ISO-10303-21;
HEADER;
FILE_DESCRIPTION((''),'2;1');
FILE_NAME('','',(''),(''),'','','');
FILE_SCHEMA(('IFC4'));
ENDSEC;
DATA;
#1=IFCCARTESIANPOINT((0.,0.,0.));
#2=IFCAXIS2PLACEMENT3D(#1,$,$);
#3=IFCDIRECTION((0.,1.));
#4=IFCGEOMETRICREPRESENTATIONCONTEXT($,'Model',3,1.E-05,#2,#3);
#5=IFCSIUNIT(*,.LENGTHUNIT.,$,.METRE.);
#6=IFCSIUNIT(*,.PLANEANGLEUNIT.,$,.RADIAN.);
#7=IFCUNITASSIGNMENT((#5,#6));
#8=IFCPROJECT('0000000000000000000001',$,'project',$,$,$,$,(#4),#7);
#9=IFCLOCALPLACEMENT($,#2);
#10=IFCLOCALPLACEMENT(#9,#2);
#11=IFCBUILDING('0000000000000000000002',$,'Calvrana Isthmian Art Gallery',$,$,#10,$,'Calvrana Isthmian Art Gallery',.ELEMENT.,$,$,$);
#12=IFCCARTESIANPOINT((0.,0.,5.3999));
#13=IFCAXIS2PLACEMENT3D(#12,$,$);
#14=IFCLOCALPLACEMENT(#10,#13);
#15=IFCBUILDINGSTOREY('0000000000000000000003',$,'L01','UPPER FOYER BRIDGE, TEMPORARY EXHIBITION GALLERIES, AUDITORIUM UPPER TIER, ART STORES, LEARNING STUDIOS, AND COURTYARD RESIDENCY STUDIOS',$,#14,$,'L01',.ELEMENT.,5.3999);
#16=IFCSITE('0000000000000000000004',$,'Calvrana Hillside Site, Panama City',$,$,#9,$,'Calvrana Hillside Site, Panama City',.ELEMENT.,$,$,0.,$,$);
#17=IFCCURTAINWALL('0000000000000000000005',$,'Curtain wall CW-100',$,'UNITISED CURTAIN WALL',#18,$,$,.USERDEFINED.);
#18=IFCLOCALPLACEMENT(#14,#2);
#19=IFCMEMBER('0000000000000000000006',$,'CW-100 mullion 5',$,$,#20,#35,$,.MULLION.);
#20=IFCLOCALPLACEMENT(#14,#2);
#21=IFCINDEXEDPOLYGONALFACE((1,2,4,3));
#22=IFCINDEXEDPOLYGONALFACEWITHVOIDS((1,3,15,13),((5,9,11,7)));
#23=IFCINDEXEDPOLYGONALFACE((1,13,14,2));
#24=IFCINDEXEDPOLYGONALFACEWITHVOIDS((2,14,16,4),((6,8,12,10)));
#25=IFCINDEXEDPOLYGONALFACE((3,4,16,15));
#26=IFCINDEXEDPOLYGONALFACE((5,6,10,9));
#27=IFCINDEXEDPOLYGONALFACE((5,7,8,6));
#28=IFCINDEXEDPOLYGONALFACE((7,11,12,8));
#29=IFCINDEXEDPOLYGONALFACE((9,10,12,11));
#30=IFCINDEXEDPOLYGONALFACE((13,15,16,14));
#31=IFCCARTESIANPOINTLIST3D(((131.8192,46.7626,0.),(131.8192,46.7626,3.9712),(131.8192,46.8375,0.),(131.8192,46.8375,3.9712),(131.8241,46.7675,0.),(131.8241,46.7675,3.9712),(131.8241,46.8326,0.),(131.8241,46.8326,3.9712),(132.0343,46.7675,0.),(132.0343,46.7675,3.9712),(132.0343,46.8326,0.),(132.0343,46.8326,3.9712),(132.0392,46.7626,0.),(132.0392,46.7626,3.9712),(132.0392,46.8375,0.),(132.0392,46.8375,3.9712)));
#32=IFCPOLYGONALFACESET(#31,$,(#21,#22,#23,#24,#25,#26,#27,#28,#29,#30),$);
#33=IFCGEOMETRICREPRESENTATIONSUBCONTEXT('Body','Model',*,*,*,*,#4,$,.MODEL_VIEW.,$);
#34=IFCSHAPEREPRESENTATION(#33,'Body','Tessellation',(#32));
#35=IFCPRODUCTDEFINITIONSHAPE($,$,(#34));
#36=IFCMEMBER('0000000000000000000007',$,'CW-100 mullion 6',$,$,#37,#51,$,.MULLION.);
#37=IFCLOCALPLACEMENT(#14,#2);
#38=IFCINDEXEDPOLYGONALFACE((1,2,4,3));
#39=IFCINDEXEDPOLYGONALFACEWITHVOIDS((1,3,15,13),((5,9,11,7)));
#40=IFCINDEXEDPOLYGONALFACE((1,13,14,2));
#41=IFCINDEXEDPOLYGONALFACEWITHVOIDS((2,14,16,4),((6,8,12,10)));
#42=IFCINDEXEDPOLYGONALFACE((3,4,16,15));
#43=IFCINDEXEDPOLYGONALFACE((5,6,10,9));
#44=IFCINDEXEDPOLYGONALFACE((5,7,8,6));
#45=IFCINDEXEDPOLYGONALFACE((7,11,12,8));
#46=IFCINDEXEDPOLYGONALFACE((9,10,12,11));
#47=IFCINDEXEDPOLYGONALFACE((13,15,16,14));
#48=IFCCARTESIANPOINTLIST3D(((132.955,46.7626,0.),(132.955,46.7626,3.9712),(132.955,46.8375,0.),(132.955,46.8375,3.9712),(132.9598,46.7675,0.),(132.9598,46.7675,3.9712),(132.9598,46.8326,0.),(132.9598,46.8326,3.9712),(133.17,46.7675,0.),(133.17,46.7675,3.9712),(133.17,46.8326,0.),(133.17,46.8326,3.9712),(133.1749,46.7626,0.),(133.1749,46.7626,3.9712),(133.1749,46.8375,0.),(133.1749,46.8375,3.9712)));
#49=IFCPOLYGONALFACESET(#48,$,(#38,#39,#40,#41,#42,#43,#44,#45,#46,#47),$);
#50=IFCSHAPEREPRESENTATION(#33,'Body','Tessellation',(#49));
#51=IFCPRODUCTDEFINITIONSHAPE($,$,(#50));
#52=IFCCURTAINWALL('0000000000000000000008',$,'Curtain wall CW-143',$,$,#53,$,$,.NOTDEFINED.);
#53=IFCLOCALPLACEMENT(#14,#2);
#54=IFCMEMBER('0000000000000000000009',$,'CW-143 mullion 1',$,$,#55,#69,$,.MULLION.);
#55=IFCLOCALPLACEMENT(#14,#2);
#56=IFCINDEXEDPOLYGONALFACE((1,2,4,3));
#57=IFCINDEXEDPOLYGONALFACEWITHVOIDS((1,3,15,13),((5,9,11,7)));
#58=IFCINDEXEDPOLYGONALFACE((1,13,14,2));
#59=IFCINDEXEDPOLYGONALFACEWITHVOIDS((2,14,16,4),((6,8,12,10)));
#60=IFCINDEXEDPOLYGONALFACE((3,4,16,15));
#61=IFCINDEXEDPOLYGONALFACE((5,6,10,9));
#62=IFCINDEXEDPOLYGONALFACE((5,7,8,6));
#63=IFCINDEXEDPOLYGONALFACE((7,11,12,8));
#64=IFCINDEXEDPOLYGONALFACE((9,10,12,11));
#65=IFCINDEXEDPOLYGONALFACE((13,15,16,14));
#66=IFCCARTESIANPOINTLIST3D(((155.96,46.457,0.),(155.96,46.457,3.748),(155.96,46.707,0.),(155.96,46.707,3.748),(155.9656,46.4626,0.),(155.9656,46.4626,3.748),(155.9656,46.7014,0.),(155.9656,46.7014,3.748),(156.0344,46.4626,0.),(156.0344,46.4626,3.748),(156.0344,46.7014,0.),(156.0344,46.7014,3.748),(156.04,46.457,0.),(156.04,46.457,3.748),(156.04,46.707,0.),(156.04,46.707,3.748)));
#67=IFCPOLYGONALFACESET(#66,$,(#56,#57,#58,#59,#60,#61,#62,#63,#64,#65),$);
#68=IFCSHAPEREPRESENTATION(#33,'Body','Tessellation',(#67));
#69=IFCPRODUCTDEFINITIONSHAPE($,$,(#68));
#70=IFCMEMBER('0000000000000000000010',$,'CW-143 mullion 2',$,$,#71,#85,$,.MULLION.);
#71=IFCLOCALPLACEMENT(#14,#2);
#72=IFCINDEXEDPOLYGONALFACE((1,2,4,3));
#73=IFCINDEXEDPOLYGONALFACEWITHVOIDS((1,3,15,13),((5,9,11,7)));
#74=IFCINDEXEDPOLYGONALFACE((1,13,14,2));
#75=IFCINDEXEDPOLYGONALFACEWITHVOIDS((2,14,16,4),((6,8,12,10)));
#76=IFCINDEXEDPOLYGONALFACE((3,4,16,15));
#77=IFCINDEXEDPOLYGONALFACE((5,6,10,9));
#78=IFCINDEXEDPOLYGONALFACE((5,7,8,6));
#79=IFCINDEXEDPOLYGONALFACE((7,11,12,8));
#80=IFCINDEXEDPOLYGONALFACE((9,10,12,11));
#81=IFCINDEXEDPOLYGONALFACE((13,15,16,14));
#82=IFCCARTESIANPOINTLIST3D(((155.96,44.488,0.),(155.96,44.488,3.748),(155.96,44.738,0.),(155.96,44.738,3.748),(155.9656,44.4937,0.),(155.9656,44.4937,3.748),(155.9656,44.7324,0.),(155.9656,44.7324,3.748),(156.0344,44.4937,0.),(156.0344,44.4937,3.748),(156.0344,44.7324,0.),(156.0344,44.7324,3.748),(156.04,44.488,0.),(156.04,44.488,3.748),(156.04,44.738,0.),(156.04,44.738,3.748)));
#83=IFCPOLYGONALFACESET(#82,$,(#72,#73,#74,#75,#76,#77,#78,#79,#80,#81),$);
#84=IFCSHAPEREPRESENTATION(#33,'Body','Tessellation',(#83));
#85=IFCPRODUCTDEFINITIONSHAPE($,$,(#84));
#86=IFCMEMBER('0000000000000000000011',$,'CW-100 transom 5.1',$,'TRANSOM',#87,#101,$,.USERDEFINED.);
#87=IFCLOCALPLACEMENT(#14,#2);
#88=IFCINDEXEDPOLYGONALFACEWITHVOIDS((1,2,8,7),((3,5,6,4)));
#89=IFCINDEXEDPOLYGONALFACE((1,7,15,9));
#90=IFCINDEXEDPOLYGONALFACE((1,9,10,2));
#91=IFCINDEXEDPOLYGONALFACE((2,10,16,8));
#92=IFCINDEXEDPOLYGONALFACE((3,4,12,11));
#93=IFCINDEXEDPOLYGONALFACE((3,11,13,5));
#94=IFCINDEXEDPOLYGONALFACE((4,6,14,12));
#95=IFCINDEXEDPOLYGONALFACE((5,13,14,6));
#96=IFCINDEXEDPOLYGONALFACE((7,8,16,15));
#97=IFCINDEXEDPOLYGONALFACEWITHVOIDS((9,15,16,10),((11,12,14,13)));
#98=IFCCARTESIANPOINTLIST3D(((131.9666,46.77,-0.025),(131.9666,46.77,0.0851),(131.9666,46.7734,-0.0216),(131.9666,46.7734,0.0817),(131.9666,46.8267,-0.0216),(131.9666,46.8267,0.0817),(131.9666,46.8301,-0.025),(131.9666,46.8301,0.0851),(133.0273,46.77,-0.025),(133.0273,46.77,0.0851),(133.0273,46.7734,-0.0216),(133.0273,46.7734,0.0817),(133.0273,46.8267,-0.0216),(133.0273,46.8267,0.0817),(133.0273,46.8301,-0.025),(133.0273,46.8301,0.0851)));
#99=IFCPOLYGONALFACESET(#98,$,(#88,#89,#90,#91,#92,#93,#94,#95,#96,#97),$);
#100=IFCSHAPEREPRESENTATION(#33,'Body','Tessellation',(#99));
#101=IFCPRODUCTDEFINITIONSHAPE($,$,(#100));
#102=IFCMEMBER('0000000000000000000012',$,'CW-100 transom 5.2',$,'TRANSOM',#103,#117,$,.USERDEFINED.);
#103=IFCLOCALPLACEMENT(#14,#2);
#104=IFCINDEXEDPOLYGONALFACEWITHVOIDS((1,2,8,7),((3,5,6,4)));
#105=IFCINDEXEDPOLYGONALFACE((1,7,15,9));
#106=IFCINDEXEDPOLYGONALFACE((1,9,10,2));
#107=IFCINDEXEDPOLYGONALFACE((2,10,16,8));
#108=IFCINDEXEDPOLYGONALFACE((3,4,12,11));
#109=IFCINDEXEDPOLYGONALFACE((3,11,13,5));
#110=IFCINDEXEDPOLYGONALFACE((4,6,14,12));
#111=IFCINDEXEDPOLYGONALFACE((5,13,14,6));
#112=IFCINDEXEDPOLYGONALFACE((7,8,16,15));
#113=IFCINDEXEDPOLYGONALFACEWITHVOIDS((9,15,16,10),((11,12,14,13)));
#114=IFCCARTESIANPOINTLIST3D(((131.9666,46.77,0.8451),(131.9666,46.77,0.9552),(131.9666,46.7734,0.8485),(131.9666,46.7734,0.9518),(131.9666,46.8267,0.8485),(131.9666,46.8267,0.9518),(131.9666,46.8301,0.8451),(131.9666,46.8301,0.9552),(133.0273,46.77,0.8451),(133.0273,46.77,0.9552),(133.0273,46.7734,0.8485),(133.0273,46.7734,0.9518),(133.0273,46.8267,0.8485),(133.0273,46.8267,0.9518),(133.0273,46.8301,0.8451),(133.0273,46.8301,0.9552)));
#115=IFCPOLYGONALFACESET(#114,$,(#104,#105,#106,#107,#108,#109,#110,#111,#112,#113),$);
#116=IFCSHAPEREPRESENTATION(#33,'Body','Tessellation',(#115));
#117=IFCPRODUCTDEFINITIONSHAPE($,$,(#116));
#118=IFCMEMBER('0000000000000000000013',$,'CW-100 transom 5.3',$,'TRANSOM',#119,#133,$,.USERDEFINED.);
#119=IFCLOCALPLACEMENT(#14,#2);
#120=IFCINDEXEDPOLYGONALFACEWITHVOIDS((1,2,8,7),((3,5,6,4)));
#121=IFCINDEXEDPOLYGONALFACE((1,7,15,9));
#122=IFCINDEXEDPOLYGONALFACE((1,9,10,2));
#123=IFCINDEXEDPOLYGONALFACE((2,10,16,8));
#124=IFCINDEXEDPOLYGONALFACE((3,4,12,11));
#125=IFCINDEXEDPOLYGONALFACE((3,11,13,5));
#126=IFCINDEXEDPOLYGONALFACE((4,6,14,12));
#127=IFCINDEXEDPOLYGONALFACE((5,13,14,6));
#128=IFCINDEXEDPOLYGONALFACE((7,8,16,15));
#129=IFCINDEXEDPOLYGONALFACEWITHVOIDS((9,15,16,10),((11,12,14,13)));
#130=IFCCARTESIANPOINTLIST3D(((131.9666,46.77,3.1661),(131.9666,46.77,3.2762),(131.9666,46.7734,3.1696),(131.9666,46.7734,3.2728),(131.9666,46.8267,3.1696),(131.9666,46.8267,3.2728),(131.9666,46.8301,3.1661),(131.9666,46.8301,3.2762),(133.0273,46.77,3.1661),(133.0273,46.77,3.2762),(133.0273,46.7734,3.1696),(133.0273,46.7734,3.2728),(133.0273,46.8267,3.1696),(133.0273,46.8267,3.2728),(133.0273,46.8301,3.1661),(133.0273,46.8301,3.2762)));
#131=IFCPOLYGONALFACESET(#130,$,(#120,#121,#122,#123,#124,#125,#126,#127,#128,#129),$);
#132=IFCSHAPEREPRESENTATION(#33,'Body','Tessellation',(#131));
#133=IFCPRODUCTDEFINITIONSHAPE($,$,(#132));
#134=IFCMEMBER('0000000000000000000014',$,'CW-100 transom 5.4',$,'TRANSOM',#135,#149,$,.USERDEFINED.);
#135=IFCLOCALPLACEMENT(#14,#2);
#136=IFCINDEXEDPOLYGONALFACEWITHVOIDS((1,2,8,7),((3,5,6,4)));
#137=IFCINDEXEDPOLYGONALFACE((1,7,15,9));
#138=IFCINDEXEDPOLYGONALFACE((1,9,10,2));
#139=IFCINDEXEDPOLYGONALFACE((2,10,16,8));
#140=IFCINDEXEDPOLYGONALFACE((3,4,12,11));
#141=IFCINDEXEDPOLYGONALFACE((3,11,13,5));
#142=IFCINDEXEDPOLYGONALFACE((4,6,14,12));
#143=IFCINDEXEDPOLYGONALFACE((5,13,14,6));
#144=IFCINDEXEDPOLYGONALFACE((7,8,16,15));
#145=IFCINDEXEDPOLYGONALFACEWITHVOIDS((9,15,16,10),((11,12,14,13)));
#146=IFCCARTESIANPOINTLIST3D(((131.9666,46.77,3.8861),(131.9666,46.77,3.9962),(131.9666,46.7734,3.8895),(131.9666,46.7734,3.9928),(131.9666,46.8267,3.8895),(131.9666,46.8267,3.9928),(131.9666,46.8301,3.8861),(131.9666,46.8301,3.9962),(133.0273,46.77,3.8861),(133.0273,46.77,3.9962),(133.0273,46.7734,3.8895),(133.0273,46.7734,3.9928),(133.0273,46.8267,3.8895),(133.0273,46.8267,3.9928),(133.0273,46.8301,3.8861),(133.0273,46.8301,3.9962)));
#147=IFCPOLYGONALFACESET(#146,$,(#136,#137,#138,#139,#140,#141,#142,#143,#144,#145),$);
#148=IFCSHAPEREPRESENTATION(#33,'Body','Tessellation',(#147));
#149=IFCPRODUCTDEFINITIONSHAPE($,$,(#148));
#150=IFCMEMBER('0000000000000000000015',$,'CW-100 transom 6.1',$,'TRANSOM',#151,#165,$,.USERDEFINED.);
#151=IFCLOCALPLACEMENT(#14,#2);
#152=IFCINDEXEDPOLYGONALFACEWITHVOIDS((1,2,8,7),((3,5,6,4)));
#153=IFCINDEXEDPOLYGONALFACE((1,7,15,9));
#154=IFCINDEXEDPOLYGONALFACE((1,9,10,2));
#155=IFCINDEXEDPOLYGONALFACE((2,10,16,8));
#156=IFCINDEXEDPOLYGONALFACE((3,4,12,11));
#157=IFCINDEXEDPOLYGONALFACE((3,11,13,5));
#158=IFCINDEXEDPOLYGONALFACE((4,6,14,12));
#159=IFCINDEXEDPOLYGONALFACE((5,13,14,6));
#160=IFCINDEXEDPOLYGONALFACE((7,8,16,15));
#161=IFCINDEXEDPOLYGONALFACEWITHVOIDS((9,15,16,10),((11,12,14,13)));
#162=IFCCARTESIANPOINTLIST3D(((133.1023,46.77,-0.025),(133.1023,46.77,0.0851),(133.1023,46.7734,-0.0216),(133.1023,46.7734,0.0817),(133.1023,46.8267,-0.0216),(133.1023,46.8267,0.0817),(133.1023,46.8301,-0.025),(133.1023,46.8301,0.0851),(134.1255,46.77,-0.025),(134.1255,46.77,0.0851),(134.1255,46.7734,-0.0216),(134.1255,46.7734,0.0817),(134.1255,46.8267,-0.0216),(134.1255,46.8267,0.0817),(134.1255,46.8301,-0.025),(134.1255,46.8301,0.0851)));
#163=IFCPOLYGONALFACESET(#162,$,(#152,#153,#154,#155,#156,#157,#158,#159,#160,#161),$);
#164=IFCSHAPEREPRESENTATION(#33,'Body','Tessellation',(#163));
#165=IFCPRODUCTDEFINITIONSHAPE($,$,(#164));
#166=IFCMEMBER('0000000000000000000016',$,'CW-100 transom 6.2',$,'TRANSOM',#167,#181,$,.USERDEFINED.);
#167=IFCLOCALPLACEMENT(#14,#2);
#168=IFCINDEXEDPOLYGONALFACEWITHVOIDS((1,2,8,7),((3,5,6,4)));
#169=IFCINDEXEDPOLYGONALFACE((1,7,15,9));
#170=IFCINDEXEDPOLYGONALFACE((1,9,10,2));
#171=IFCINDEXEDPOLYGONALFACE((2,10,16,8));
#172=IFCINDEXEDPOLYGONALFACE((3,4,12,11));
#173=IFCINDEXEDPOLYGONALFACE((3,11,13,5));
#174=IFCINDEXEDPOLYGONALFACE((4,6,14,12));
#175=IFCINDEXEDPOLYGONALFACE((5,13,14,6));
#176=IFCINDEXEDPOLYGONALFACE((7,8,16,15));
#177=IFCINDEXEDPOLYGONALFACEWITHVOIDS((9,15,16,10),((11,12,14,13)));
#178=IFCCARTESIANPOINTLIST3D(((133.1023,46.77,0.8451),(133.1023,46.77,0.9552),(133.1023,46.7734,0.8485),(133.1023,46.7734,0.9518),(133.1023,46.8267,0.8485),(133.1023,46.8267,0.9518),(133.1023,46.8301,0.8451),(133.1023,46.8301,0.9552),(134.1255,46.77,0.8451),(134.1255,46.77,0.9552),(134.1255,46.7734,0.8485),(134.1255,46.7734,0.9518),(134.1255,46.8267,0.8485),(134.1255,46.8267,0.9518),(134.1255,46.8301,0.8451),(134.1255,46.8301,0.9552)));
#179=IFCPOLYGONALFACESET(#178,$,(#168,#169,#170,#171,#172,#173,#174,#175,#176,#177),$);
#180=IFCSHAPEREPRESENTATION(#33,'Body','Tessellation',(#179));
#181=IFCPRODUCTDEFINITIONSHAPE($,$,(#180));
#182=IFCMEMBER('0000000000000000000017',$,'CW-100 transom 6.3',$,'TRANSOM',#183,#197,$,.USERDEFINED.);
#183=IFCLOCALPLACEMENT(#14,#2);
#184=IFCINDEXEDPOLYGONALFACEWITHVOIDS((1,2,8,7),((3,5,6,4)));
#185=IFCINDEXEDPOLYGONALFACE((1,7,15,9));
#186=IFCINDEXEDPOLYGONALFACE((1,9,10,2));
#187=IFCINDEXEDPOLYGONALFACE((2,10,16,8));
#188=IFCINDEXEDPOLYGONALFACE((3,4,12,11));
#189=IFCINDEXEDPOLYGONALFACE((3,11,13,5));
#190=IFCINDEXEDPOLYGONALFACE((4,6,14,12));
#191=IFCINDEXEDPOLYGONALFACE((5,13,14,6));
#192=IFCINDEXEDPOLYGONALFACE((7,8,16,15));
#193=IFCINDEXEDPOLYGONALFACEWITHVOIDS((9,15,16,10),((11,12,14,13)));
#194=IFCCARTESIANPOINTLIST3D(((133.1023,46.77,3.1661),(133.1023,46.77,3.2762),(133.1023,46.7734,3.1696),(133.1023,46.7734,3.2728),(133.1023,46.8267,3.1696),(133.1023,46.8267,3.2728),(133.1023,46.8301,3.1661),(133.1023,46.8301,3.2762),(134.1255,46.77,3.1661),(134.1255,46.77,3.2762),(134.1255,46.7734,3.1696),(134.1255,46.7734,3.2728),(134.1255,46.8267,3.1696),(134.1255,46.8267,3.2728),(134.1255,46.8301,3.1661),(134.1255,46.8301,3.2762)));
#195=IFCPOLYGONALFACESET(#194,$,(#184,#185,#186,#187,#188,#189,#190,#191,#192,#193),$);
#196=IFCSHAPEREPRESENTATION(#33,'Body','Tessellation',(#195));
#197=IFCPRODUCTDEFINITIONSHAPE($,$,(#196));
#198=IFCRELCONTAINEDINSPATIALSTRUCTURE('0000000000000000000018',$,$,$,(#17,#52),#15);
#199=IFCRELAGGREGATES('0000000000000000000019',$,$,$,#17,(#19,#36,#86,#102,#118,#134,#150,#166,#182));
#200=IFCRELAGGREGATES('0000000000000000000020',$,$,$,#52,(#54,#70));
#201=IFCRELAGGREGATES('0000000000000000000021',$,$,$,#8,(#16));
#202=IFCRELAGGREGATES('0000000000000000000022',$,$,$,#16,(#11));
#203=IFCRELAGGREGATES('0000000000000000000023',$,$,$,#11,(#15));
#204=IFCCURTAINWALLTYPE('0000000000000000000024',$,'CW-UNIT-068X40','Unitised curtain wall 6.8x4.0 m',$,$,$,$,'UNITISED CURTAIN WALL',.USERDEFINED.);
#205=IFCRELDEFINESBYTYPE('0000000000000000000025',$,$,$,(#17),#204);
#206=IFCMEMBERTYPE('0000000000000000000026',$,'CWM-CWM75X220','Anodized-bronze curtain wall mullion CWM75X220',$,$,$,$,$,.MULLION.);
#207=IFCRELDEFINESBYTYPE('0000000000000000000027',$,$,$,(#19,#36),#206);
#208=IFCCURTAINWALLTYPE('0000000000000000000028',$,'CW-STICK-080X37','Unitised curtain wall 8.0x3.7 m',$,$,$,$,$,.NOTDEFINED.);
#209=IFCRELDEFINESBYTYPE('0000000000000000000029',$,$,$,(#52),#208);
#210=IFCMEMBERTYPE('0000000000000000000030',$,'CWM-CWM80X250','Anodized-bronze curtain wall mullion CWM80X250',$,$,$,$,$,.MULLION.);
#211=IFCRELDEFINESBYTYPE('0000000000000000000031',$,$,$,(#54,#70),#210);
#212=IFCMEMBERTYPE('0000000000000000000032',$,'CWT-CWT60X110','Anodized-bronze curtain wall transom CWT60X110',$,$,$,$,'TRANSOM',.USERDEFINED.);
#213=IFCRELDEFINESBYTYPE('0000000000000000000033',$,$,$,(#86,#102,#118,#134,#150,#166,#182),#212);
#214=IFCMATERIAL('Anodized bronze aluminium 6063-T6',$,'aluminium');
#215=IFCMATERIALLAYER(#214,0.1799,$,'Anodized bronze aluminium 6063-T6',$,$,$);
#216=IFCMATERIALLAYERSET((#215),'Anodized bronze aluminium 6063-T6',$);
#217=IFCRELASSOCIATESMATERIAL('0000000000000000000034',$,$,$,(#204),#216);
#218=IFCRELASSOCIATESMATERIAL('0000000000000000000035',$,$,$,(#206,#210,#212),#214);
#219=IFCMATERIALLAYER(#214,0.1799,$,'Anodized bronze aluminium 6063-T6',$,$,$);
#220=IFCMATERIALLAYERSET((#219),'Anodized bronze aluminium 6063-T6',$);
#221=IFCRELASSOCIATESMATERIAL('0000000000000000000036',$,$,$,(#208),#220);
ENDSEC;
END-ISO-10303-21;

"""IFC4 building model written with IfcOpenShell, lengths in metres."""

from ifc_helpers import new_model, si_unit, direction, frame, origin, origin_2d, place, context, subcontext, project, spatial, hollow_rectangle, extrude, material, layer, layer_set, material_profile, profile_set, type_object, element, aggregate, save


model = new_model("IFC4")

# Units and contexts
model_context = context("Model", 3, precision=1e-05, world=origin(), true_north=direction((0.0, 1.0)))
body_context = subcontext(model_context, "Body", "Model", "MODEL_VIEW")
ifc_project = project(units=[si_unit("LENGTHUNIT", "METRE"), si_unit("PLANEANGLEUNIT", "RADIAN")], contexts=[model_context])

# Site, building, storey
site_placement = place(None, origin())
site = spatial("IfcSite", under=ifc_project, at=site_placement, Name="Calvrana Hillside Site, Panama City", LongName="Calvrana Hillside Site, Panama City", CompositionType="ELEMENT", RefElevation=0.0)
building_placement = place(site_placement, origin())
building = spatial("IfcBuilding", under=site, at=building_placement, Name="Calvrana Isthmian Art Gallery", LongName="Calvrana Isthmian Art Gallery", CompositionType="ELEMENT")
storey_placement = place(building_placement, frame((0.0, 0.0, 5.3999)))
storey = spatial("IfcBuildingStorey", under=building, at=storey_placement, Name="L01", Description="UPPER FOYER BRIDGE, TEMPORARY EXHIBITION GALLERIES, AUDITORIUM UPPER TIER, ART STORES, LEARNING STUDIOS, AND COURTYARD RESIDENCY STUDIOS", LongName="L01", CompositionType="ELEMENT", Elevation=5.3999)

# Curtain walls, members
ifc_material_1 = material(Name="Anodized bronze aluminium 6063-T6", Category="aluminium")
ifc_layer_1 = layer(ifc_material_1, 0.1799, Name="Anodized bronze aluminium 6063-T6")
ifc_layer_set_1 = layer_set([ifc_layer_1], Name="Anodized bronze aluminium 6063-T6")
curtain_wall_type_1 = type_object("IfcCurtainWallType", Name="CW-UNIT-068X40", Description="Unitised curtain wall 6.8x4.0 m", ElementType="UNITISED CURTAIN WALL", PredefinedType="USERDEFINED", material=ifc_layer_set_1)
curtain_wall_1_placement = place(storey_placement, origin())
curtain_wall_1 = element("IfcCurtainWall", 1, at=curtain_wall_1_placement, inside=storey, type_object=curtain_wall_type_1, Name="Curtain wall CW-100", ObjectType="UNITISED CURTAIN WALL", PredefinedType="USERDEFINED")
ifc_material_profile_1 = material_profile(ifc_material_1, hollow_rectangle(XDim=0.075, YDim=0.22, WallThickness=0.0049, at=origin_2d()), Name="CWM75X220")
ifc_profile_set_1 = profile_set([ifc_material_profile_1], Name="Anodized bronze aluminium 6063-T6")
member_type_1 = type_object("IfcMemberType", Name="CWM-CWM75X220", Description="Anodized-bronze curtain wall mullion CWM75X220", PredefinedType="MULLION", material=ifc_profile_set_1)
member_1_placement = place(storey_placement, frame((131.9292, 46.8, 0.0), z_axis=(0.0, 0.0, 1.0), x_axis=(0.0, 1.0, 0.0)))
member_1 = element("IfcMember", 2, at=member_1_placement, type_object=member_type_1, Name="CW-100 mullion 5", PredefinedType="MULLION", context=body_context, shape_type="SweptSolid", body=[
    extrude(hollow_rectangle(XDim=0.075, YDim=0.22, WallThickness=0.0049, at=origin_2d()), origin(), (0.0, 0.0, 1.0), 3.9712),
])
member_2_placement = place(storey_placement, frame((133.0649, 46.8, 0.0), z_axis=(0.0, 0.0, 1.0), x_axis=(0.0, 1.0, 0.0)))
member_2 = element("IfcMember", 3, at=member_2_placement, type_object=member_type_1, Name="CW-100 mullion 6", PredefinedType="MULLION", context=body_context, shape_type="SweptSolid", body=[
    extrude(hollow_rectangle(XDim=0.075, YDim=0.22, WallThickness=0.0049, at=origin_2d()), origin(), (0.0, 0.0, 1.0), 3.9712),
])
ifc_layer_2 = layer(ifc_material_1, 0.1799, Name="Anodized bronze aluminium 6063-T6")
ifc_layer_set_2 = layer_set([ifc_layer_2], Name="Anodized bronze aluminium 6063-T6")
curtain_wall_type_2 = type_object("IfcCurtainWallType", Name="CW-STICK-080X37", Description="Unitised curtain wall 8.0x3.7 m", PredefinedType="NOTDEFINED", material=ifc_layer_set_2)
curtain_wall_2_placement = place(storey_placement, origin())
curtain_wall_2 = element("IfcCurtainWall", 4, at=curtain_wall_2_placement, inside=storey, type_object=curtain_wall_type_2, Name="Curtain wall CW-143", PredefinedType="NOTDEFINED")
ifc_material_profile_2 = material_profile(ifc_material_1, hollow_rectangle(XDim=0.0801, YDim=0.25, WallThickness=0.0056, at=origin_2d()), Name="CWM80X250")
ifc_profile_set_2 = profile_set([ifc_material_profile_2], Name="Anodized bronze aluminium 6063-T6")
member_type_2 = type_object("IfcMemberType", Name="CWM-CWM80X250", Description="Anodized-bronze curtain wall mullion CWM80X250", PredefinedType="MULLION", material=ifc_profile_set_2)
member_3_placement = place(storey_placement, frame((156.0, 46.582, 0.0), z_axis=(0.0, 0.0, 1.0), x_axis=(1.0, 0.0, 0.0)))
member_3 = element("IfcMember", 5, at=member_3_placement, type_object=member_type_2, Name="CW-143 mullion 1", PredefinedType="MULLION", context=body_context, shape_type="SweptSolid", body=[
    extrude(hollow_rectangle(XDim=0.0801, YDim=0.25, WallThickness=0.0056, at=origin_2d()), origin(), (0.0, 0.0, 1.0), 3.748),
])
member_4_placement = place(storey_placement, frame((156.0, 44.613, 0.0), z_axis=(0.0, 0.0, 1.0), x_axis=(1.0, 0.0, 0.0)))
member_4 = element("IfcMember", 6, at=member_4_placement, type_object=member_type_2, Name="CW-143 mullion 2", PredefinedType="MULLION", context=body_context, shape_type="SweptSolid", body=[
    extrude(hollow_rectangle(XDim=0.0801, YDim=0.25, WallThickness=0.0056, at=origin_2d()), origin(), (0.0, 0.0, 1.0), 3.748),
])

# Members
ifc_material_profile_3 = material_profile(ifc_material_1, hollow_rectangle(XDim=0.0601, YDim=0.1101, WallThickness=0.0034, at=origin_2d()), Name="CWT60X110")
ifc_profile_set_3 = profile_set([ifc_material_profile_3], Name="Anodized bronze aluminium 6063-T6")
member_type_3 = type_object("IfcMemberType", Name="CWT-CWT60X110", Description="Anodized-bronze curtain wall transom CWT60X110", ElementType="TRANSOM", PredefinedType="USERDEFINED", material=ifc_profile_set_3)
member_5_placement = place(storey_placement, frame((131.9666, 46.8, 0.03), z_axis=(1.0, 0.0, 0.0), x_axis=(0.0, 1.0, 0.0)))
member_5 = element("IfcMember", 7, at=member_5_placement, type_object=member_type_3, Name="CW-100 transom 5.1", ObjectType="TRANSOM", PredefinedType="USERDEFINED", context=body_context, shape_type="SweptSolid", body=[
    extrude(hollow_rectangle(XDim=0.0601, YDim=0.1101, WallThickness=0.0034, at=origin_2d()), origin(), (0.0, 0.0, 1.0), 1.0608),
])
member_6_placement = place(storey_placement, frame((131.9666, 46.8, 0.9001), z_axis=(1.0, 0.0, 0.0), x_axis=(0.0, 1.0, 0.0)))
member_6 = element("IfcMember", 8, at=member_6_placement, type_object=member_type_3, Name="CW-100 transom 5.2", ObjectType="TRANSOM", PredefinedType="USERDEFINED", context=body_context, shape_type="SweptSolid", body=[
    extrude(hollow_rectangle(XDim=0.0601, YDim=0.1101, WallThickness=0.0034, at=origin_2d()), origin(), (0.0, 0.0, 1.0), 1.0608),
])
member_7_placement = place(storey_placement, frame((131.9666, 46.8, 3.2212), z_axis=(1.0, 0.0, 0.0), x_axis=(0.0, 1.0, 0.0)))
member_7 = element("IfcMember", 9, at=member_7_placement, type_object=member_type_3, Name="CW-100 transom 5.3", ObjectType="TRANSOM", PredefinedType="USERDEFINED", context=body_context, shape_type="SweptSolid", body=[
    extrude(hollow_rectangle(XDim=0.0601, YDim=0.1101, WallThickness=0.0034, at=origin_2d()), origin(), (0.0, 0.0, 1.0), 1.0608),
])
member_8_placement = place(storey_placement, frame((131.9666, 46.8, 3.9412), z_axis=(1.0, 0.0, 0.0), x_axis=(0.0, 1.0, 0.0)))
member_8 = element("IfcMember", 10, at=member_8_placement, type_object=member_type_3, Name="CW-100 transom 5.4", ObjectType="TRANSOM", PredefinedType="USERDEFINED", context=body_context, shape_type="SweptSolid", body=[
    extrude(hollow_rectangle(XDim=0.0601, YDim=0.1101, WallThickness=0.0034, at=origin_2d()), origin(), (0.0, 0.0, 1.0), 1.0608),
])
member_9_placement = place(storey_placement, frame((133.1023, 46.8, 0.03), z_axis=(1.0, 0.0, 0.0), x_axis=(0.0, 1.0, 0.0)))
member_9 = element("IfcMember", 11, at=member_9_placement, type_object=member_type_3, Name="CW-100 transom 6.1", ObjectType="TRANSOM", PredefinedType="USERDEFINED", context=body_context, shape_type="SweptSolid", body=[
    extrude(hollow_rectangle(XDim=0.0601, YDim=0.1101, WallThickness=0.0034, at=origin_2d()), origin(), (0.0, 0.0, 1.0), 1.0232),
])
member_10_placement = place(storey_placement, frame((133.1023, 46.8, 0.9001), z_axis=(1.0, 0.0, 0.0), x_axis=(0.0, 1.0, 0.0)))
member_10 = element("IfcMember", 12, at=member_10_placement, type_object=member_type_3, Name="CW-100 transom 6.2", ObjectType="TRANSOM", PredefinedType="USERDEFINED", context=body_context, shape_type="SweptSolid", body=[
    extrude(hollow_rectangle(XDim=0.0601, YDim=0.1101, WallThickness=0.0034, at=origin_2d()), origin(), (0.0, 0.0, 1.0), 1.0232),
])
member_11_placement = place(storey_placement, frame((133.1023, 46.8, 3.2212), z_axis=(1.0, 0.0, 0.0), x_axis=(0.0, 1.0, 0.0)))
member_11 = element("IfcMember", 13, at=member_11_placement, type_object=member_type_3, Name="CW-100 transom 6.3", ObjectType="TRANSOM", PredefinedType="USERDEFINED", context=body_context, shape_type="SweptSolid", body=[
    extrude(hollow_rectangle(XDim=0.0601, YDim=0.1101, WallThickness=0.0034, at=origin_2d()), origin(), (0.0, 0.0, 1.0), 1.0232),
])

aggregate(curtain_wall_1, [member_1, member_2, member_5, member_6, member_7, member_8, member_9, member_10, member_11])
aggregate(curtain_wall_2, [member_3, member_4])

save(model, "model.ifc")
